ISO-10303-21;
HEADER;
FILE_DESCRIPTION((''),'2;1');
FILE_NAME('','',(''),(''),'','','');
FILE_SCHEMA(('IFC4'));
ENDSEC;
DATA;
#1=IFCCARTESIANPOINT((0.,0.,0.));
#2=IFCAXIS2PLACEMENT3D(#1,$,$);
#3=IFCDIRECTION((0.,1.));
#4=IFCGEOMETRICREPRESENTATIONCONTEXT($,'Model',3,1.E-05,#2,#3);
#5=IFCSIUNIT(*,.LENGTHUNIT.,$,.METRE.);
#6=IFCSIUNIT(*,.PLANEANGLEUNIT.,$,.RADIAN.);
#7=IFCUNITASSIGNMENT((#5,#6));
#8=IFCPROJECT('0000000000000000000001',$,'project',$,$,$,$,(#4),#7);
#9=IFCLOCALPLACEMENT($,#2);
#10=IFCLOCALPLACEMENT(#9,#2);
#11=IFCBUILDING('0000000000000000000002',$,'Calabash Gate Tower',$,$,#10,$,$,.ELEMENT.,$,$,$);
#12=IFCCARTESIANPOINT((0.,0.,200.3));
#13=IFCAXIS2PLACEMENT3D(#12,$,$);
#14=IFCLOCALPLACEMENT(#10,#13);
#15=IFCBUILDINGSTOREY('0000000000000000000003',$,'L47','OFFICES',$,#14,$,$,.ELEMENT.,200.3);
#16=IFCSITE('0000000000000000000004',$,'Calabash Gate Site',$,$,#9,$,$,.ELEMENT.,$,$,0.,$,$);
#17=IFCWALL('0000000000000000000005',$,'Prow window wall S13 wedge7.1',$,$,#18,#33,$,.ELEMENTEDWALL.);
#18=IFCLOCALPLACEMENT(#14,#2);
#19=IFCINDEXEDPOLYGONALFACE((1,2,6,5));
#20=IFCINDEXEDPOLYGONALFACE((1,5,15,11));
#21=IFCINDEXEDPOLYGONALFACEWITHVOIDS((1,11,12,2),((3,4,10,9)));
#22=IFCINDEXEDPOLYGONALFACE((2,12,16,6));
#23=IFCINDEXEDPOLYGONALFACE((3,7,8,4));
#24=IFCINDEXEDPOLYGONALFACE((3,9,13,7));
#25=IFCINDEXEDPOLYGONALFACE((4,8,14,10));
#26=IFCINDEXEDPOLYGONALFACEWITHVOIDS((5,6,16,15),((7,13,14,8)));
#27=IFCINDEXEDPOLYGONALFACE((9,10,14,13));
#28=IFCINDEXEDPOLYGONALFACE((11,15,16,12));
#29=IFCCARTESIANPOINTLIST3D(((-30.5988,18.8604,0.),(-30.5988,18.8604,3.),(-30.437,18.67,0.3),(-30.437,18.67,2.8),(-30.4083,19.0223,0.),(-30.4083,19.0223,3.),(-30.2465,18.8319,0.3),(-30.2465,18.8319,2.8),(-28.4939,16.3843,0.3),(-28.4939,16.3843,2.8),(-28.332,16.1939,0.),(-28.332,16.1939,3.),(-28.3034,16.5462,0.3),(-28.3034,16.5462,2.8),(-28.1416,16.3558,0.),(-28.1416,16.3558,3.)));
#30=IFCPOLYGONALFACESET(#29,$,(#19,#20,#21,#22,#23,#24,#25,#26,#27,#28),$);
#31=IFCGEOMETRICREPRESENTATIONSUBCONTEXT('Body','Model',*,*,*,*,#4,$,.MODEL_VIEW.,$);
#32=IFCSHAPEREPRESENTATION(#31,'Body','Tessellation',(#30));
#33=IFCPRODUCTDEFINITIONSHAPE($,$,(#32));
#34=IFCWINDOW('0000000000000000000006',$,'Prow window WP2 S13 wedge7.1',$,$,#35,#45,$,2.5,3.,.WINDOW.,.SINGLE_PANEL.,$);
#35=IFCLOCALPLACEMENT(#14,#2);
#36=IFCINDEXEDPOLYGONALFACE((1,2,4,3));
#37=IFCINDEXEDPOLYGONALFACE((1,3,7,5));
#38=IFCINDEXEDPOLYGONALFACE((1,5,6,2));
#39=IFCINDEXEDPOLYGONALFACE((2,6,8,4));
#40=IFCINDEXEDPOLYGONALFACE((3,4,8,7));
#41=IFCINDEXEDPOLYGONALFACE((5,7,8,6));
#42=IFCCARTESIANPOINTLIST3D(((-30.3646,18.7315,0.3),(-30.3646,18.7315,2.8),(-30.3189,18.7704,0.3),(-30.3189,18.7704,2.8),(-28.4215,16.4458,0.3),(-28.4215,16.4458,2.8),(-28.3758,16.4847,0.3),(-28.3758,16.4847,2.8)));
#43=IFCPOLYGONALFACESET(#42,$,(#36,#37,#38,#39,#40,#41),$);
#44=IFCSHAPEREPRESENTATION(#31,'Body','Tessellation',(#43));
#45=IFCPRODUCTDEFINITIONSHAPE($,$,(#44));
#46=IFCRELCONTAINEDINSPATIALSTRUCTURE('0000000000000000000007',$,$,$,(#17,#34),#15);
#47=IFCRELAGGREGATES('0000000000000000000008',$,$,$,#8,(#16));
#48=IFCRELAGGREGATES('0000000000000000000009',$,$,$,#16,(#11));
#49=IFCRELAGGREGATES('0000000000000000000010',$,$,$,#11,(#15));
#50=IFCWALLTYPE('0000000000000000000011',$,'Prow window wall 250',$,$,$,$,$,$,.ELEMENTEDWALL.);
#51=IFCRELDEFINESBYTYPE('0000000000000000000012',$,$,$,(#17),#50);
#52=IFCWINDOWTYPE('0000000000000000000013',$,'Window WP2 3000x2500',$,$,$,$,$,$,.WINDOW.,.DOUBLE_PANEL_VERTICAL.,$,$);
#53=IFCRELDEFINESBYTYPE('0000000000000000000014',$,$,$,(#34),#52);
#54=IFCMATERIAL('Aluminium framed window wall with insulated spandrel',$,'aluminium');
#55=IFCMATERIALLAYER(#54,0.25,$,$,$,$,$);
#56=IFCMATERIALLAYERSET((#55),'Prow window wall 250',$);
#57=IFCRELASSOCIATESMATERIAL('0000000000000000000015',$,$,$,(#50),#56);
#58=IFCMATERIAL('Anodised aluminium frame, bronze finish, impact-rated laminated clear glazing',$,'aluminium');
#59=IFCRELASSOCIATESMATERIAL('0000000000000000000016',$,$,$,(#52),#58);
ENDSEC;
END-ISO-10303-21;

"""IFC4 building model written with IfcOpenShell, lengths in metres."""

from ifc_helpers import new_model, si_unit, direction, frame, frame_2d, origin, place, context, subcontext, project, spatial, rectangle, extrude, material, layer, layer_set, type_object, element, fill, save


model = new_model("IFC4")

# Units and contexts
model_context = context("Model", 3, precision=1e-05, world=origin(), true_north=direction((0.0, 1.0)))
body_context = subcontext(model_context, "Body", "Model", "MODEL_VIEW")
ifc_project = project(units=[si_unit("LENGTHUNIT", "METRE"), si_unit("PLANEANGLEUNIT", "RADIAN")], contexts=[model_context])

# Site, building, storey
site_placement = place(None, origin())
site = spatial("IfcSite", under=ifc_project, at=site_placement, Name="Calabash Gate Site", CompositionType="ELEMENT", RefElevation=0.0)
building_placement = place(site_placement, origin())
building = spatial("IfcBuilding", under=site, at=building_placement, Name="Calabash Gate Tower", CompositionType="ELEMENT")
storey_placement = place(building_placement, frame((0.0, 0.0, 200.3)))
storey = spatial("IfcBuildingStorey", under=building, at=storey_placement, Name="L47", Description="OFFICES", CompositionType="ELEMENT", Elevation=200.3)

# Wall, opening, window
ifc_material_1 = material(Name="Aluminium framed window wall with insulated spandrel", Category="aluminium")
ifc_layer_1 = layer(ifc_material_1, 0.25)
ifc_layer_set_1 = layer_set([ifc_layer_1], Name="Prow window wall 250")
wall_type_1 = type_object("IfcWallType", Name="Prow window wall 250", PredefinedType="ELEMENTEDWALL", material=ifc_layer_set_1)
ifc_material_2 = material(Name="Anodised aluminium frame, bronze finish, impact-rated laminated clear glazing", Category="aluminium")
window_type = type_object("IfcWindowType", Name="Window WP2 3000x2500", PartitioningType="DOUBLE_PANEL_VERTICAL", PredefinedType="WINDOW", material=ifc_material_2)
wall_1_placement = place(storey_placement, frame((-30.5037, 18.9414, 0.0), z_axis=(0.0, 0.0, 1.0), x_axis=(0.647701, -0.761895, 0.0)))
wall_1 = element("IfcWall", 1, at=wall_1_placement, inside=storey, type_object=wall_type_1, Name="Prow window wall S13 wedge7.1", PredefinedType="ELEMENTEDWALL", context=body_context, shape_type="SweptSolid", body=[
    extrude(rectangle(XDim=3.4998, YDim=0.25, at=frame_2d((1.75, 0.0))), origin(), (0.0, 0.0, 1.0), 3.0),
])
opening_1_placement = place(wall_1_placement, frame((0.25, 0.0, 0.3)))
opening_1 = element("IfcOpeningElement", 2, at=opening_1_placement, cuts=wall_1, PredefinedType="OPENING", context=body_context, shape_type="SweptSolid", body=[
    extrude(rectangle(XDim=3.0, YDim=2.5, at=frame_2d((1.5, 1.25))), frame((0.0, 0.135, 0.0), z_axis=(0.0, -1.0, 0.0), x_axis=(1.0, 0.0, 0.0)), (0.0, 0.0, 1.0), 0.27),
])
window_1_placement = place(opening_1_placement, origin())
window_1 = element("IfcWindow", 3, at=window_1_placement, inside=storey, type_object=window_type, Name="Prow window WP2 S13 wedge7.1", OverallHeight=2.5, OverallWidth=3.0, PartitioningType="SINGLE_PANEL", PredefinedType="WINDOW", context=body_context, shape_type="SweptSolid", body=[
    extrude(rectangle(XDim=3.0, YDim=2.5, at=frame_2d((1.5, 1.25))), frame((0.0, 0.03, 0.0), z_axis=(0.0, -1.0, 0.0), x_axis=(1.0, 0.0, 0.0)), (0.0, 0.0, 1.0), 0.0601),
])
fill(opening_1, window_1)

save(model, "model.ifc")
